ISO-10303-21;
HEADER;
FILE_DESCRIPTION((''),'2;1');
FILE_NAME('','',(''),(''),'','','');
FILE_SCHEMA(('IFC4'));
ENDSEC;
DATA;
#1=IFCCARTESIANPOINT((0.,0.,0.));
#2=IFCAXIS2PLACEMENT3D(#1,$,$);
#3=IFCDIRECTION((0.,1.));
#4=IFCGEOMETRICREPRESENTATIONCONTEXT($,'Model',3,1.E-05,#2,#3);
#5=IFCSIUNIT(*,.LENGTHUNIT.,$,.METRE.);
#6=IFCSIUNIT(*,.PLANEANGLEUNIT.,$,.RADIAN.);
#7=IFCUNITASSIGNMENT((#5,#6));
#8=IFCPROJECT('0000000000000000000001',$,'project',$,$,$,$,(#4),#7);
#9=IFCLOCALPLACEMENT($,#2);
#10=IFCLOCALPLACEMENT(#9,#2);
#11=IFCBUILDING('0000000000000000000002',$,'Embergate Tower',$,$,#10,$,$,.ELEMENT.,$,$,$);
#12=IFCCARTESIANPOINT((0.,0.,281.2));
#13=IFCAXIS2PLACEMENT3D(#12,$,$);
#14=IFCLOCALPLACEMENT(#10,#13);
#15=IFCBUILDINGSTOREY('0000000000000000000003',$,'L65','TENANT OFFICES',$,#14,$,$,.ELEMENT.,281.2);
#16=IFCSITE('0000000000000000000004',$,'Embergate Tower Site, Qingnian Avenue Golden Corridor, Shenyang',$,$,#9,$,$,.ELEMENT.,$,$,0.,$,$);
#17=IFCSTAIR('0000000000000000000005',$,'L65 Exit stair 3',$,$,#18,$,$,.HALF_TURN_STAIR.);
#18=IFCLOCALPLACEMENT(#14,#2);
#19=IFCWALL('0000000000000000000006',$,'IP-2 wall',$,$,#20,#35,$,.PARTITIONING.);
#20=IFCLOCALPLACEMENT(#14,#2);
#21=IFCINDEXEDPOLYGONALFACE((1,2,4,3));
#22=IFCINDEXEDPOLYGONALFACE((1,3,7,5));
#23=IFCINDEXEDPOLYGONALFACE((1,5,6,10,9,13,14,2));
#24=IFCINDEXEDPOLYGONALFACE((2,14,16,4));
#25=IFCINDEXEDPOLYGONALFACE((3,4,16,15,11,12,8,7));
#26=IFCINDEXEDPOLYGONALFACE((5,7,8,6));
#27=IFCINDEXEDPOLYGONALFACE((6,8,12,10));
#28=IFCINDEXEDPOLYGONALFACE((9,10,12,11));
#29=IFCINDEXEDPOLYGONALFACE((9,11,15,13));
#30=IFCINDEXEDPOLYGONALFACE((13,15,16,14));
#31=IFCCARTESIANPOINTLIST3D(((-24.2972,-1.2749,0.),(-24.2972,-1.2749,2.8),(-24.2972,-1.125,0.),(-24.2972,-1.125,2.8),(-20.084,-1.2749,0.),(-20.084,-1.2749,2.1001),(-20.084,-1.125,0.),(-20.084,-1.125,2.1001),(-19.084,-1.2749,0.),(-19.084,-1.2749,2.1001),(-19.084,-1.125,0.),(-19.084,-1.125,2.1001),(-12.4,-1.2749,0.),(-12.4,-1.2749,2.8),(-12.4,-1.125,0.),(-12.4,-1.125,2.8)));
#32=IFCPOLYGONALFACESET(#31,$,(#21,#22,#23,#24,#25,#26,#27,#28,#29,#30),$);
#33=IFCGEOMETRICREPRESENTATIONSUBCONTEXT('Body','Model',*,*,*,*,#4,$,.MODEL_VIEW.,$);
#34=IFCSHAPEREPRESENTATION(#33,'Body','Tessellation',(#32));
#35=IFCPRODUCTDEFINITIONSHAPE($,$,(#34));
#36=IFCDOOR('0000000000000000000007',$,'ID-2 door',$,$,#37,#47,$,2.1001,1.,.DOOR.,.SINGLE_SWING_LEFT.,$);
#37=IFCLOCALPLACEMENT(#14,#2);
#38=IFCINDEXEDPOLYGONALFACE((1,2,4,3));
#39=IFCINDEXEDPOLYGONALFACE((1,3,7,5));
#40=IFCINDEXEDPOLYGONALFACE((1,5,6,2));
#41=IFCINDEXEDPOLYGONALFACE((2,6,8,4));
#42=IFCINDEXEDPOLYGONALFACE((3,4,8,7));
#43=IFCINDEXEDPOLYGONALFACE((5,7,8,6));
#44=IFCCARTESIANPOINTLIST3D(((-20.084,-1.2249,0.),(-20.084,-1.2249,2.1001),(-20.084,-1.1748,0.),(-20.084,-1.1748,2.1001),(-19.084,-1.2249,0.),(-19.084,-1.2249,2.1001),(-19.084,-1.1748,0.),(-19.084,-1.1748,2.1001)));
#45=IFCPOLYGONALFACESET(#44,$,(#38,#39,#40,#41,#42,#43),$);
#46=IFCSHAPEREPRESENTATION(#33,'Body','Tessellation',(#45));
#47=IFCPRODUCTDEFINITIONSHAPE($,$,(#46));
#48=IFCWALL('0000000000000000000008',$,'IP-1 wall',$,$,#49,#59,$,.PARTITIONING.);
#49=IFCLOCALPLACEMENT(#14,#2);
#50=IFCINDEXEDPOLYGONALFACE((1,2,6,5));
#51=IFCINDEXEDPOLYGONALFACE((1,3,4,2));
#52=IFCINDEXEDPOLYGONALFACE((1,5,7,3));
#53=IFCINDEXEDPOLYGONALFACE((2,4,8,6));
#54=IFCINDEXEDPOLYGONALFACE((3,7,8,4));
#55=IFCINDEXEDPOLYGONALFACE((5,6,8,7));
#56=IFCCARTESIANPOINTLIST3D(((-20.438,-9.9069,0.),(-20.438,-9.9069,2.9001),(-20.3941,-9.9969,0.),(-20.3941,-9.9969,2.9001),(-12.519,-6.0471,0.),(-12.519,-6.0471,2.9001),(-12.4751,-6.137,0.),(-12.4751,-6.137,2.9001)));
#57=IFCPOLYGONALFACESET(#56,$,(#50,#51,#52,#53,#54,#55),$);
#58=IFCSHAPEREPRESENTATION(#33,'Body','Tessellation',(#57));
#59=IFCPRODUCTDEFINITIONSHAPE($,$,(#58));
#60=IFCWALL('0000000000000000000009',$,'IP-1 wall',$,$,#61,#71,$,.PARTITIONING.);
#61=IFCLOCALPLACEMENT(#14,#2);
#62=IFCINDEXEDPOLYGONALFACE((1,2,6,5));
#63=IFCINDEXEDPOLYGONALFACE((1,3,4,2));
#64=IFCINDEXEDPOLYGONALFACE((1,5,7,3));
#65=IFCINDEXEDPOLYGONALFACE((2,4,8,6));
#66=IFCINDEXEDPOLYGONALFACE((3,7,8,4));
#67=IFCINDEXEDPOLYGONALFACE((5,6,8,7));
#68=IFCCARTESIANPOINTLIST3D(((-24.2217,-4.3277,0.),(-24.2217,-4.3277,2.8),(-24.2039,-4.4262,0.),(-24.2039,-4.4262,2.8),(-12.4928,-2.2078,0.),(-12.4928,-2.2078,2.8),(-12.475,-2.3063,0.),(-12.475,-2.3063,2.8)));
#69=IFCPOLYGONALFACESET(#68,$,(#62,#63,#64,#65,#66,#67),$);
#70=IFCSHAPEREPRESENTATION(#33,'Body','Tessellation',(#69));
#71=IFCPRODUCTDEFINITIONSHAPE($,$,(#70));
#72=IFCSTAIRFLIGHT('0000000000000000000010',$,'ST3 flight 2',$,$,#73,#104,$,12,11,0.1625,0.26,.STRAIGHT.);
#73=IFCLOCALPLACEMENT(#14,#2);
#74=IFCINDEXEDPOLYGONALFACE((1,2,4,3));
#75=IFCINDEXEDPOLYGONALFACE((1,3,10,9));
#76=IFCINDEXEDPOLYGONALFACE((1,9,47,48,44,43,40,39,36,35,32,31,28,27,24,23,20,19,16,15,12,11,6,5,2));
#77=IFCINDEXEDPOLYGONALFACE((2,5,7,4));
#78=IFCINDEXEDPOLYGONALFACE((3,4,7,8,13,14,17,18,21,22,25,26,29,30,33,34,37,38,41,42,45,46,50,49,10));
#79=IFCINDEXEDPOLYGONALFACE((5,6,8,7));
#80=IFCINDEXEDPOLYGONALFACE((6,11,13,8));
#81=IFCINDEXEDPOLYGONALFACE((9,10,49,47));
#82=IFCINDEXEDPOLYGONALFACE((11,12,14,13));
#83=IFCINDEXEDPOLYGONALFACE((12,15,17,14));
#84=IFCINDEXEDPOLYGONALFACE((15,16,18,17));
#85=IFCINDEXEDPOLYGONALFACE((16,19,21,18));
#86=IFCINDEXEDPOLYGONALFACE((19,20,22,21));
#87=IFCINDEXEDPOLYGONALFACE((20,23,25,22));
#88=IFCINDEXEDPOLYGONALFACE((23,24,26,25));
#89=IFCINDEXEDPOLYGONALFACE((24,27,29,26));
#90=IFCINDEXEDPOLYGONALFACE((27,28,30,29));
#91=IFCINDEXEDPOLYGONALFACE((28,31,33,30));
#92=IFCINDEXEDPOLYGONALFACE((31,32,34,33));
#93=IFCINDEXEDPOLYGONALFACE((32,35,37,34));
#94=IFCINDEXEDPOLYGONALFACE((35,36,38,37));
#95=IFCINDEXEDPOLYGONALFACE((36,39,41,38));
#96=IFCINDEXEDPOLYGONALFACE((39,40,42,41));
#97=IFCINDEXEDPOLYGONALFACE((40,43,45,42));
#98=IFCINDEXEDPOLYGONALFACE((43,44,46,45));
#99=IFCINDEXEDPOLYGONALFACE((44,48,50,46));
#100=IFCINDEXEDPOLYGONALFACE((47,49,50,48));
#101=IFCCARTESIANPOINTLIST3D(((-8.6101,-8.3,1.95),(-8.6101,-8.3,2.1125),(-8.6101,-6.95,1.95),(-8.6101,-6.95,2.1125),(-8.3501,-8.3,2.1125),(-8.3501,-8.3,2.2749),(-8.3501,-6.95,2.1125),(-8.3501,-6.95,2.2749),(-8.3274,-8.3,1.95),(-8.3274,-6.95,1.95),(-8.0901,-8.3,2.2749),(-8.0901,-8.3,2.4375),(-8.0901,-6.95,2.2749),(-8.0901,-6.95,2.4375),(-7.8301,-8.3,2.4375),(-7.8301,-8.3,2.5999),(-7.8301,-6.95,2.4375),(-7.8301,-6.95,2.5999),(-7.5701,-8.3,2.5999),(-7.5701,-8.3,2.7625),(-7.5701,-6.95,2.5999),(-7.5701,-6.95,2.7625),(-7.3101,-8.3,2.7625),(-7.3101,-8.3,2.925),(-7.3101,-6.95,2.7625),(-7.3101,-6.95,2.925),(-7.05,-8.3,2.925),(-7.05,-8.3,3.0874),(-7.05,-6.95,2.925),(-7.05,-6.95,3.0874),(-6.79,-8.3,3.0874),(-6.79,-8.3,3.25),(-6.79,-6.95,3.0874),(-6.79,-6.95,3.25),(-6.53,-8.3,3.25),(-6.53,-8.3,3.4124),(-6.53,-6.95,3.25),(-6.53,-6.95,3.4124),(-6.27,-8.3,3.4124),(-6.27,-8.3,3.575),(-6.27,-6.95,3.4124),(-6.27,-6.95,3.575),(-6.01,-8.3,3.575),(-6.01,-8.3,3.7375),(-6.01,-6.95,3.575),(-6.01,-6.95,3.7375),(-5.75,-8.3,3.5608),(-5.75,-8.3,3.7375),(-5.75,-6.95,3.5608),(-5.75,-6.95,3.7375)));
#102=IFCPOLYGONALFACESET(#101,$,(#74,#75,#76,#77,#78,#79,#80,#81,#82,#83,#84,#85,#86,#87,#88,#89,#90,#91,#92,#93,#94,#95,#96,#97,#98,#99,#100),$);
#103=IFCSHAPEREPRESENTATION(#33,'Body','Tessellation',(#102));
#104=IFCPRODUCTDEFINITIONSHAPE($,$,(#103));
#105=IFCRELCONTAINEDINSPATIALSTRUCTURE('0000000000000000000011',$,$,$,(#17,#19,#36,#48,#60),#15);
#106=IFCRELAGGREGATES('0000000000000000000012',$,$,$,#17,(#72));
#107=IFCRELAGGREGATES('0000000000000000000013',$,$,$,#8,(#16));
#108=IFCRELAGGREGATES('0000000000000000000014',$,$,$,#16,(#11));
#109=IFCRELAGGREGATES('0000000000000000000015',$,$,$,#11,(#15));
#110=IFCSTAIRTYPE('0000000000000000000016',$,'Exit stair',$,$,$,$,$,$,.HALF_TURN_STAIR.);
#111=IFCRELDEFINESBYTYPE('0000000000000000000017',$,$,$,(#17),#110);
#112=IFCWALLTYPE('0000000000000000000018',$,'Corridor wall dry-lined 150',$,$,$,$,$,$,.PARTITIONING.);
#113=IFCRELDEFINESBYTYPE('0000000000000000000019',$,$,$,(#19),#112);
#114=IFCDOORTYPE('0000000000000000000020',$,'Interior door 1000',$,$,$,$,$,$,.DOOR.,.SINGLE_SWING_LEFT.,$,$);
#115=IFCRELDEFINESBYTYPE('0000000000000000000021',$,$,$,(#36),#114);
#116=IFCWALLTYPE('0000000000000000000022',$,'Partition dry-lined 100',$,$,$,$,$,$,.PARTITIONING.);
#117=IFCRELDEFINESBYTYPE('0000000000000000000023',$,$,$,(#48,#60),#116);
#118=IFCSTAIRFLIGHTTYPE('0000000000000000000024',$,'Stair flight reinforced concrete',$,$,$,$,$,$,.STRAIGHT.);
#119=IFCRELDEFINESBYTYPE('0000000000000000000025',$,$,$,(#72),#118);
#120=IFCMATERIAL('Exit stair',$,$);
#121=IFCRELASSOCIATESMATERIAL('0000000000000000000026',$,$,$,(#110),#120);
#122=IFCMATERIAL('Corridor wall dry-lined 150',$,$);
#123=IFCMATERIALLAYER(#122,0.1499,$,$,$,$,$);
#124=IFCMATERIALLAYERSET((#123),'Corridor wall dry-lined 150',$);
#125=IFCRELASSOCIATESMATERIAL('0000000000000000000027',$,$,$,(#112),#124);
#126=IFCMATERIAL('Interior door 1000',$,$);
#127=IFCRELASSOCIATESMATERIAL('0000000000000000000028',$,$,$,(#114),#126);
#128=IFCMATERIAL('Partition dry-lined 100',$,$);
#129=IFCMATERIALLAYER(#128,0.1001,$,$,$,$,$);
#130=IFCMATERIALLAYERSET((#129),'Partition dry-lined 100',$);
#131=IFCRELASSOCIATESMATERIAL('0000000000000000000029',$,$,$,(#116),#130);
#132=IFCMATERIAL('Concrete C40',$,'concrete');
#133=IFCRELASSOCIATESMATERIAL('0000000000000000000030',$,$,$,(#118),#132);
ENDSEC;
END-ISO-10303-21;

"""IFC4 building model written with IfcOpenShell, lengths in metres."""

from ifc_helpers import new_model, si_unit, direction, frame, frame_2d, origin, place, context, subcontext, project, spatial, polyline, rectangle, outline, extrude, source, transform, mapped, material, layer, layer_set, type_object, element, fill, aggregate, save


model = new_model("IFC4")

# Units and contexts
model_context = context("Model", 3, precision=1e-05, world=origin(), true_north=direction((0.0, 1.0)))
body_context = subcontext(model_context, "Body", "Model", "MODEL_VIEW")
ifc_project = project(units=[si_unit("LENGTHUNIT", "METRE"), si_unit("PLANEANGLEUNIT", "RADIAN")], contexts=[model_context])

# Site, building, storey
site_placement = place(None, origin())
site = spatial("IfcSite", under=ifc_project, at=site_placement, Name="Embergate Tower Site, Qingnian Avenue Golden Corridor, Shenyang", CompositionType="ELEMENT", RefElevation=0.0)
building_placement = place(site_placement, origin())
building = spatial("IfcBuilding", under=site, at=building_placement, Name="Embergate Tower", CompositionType="ELEMENT")
storey_placement = place(building_placement, frame((0.0, 0.0, 281.2)))
storey = spatial("IfcBuildingStorey", under=building, at=storey_placement, Name="L65", Description="TENANT OFFICES", CompositionType="ELEMENT", Elevation=281.2)

# Stair
ifc_material_1 = material(Name="Exit stair")
stair_type = type_object("IfcStairType", Name="Exit stair", PredefinedType="HALF_TURN_STAIR", material=ifc_material_1)
stair_placement = place(storey_placement, origin())
stair = element("IfcStair", 1, at=stair_placement, inside=storey, type_object=stair_type, Name="L65 Exit stair 3", PredefinedType="HALF_TURN_STAIR")
ifc_material_2 = material(Name="Concrete C40", Category="concrete")

# Shared definitions
ifc_material_3 = material(Name="Corridor wall dry-lined 150")
ifc_layer_1 = layer(ifc_material_3, 0.1499)
ifc_layer_set_1 = layer_set([ifc_layer_1], Name="Corridor wall dry-lined 150")
wall_type_1 = type_object("IfcWallType", Name="Corridor wall dry-lined 150", PredefinedType="PARTITIONING", material=ifc_layer_set_1)

# Wall, opening, door
shared_shape_1 = source(origin(), body_context, "Body", "SweptSolid", [
    extrude(rectangle(XDim=11.8972, YDim=0.1499, at=frame_2d((5.9487, 0.0))), origin(), (0.0, 0.0, 1.0), 2.8),
])
wall_1_placement = place(storey_placement, frame((-12.3999, -1.2, 0.0), z_axis=(0.0, 0.0, 1.0), x_axis=(-1.0, 0.0, 0.0)))
wall_1 = element("IfcWall", 2, at=wall_1_placement, inside=storey, type_object=wall_type_1, Name="IP-2 wall", PredefinedType="PARTITIONING", context=body_context, shape_type="MappedRepresentation", body=[
    mapped(shared_shape_1, transform((0.0, 0.0, 0.0))),
])
shared_shape_2 = source(origin(), body_context, "Body", "SweptSolid", [
    extrude(rectangle(XDim=1.0, YDim=2.1001, at=frame_2d((0.5, 1.05))), frame((0.0, 0.085, 0.0), z_axis=(0.0, -1.0, 0.0), x_axis=(1.0, 0.0, 0.0)), (0.0, 0.0, 1.0), 0.1699),
])
opening_1_placement = place(wall_1_placement, frame((6.6841, 0.0, 0.0)))
opening_1 = element("IfcOpeningElement", 3, at=opening_1_placement, cuts=wall_1, PredefinedType="OPENING", context=body_context, shape_type="MappedRepresentation", body=[
    mapped(shared_shape_2, transform((0.0, 0.0, 0.0))),
])
ifc_material_4 = material(Name="Interior door 1000")
door_type_1 = type_object("IfcDoorType", Name="Interior door 1000", OperationType="SINGLE_SWING_LEFT", PredefinedType="DOOR", material=ifc_material_4)
shared_shape_3 = source(origin(), body_context, "Body", "SweptSolid", [
    extrude(rectangle(XDim=1.0, YDim=2.1001, at=frame_2d((0.5, 1.05))), frame((0.0, 0.0249, 0.0), z_axis=(0.0, -1.0, 0.0), x_axis=(1.0, 0.0, 0.0)), (0.0, 0.0, 1.0), 0.05),
])
door_1_placement = place(opening_1_placement, origin())
door_1 = element("IfcDoor", 4, at=door_1_placement, inside=storey, type_object=door_type_1, Name="ID-2 door", OperationType="SINGLE_SWING_LEFT", OverallHeight=2.1001, OverallWidth=1.0, PredefinedType="DOOR", context=body_context, shape_type="MappedRepresentation", body=[
    mapped(shared_shape_3, transform((0.0, 0.0, 0.0))),
])
fill(opening_1, door_1)

# Walls
ifc_material_5 = material(Name="Partition dry-lined 100")
ifc_layer_2 = layer(ifc_material_5, 0.1001)
ifc_layer_set_2 = layer_set([ifc_layer_2], Name="Partition dry-lined 100")
wall_type_2 = type_object("IfcWallType", Name="Partition dry-lined 100", PredefinedType="PARTITIONING", material=ifc_layer_set_2)
shared_shape_4 = source(origin(), body_context, "Body", "SweptSolid", [
    extrude(rectangle(XDim=8.8096, YDim=0.1001, at=frame_2d((4.4048, 0.0))), origin(), (0.0, 0.0, 1.0), 2.9001),
])
wall_2_placement = place(storey_placement, frame((-12.4971, -6.092, 0.0), z_axis=(0.0, 0.0, 1.0), x_axis=(-0.898904, -0.438145, 0.0)))
element("IfcWall", 5, at=wall_2_placement, inside=storey, type_object=wall_type_2, Name="IP-1 wall", PredefinedType="PARTITIONING", context=body_context, shape_type="MappedRepresentation", body=[
    mapped(shared_shape_4, transform((0.0, 0.0, 0.0))),
])
shared_shape_5 = source(origin(), body_context, "Body", "SweptSolid", [
    extrude(rectangle(XDim=11.9189, YDim=0.1001, at=frame_2d((5.9595, 0.0))), origin(), (0.0, 0.0, 1.0), 2.8),
])
wall_3_placement = place(storey_placement, frame((-12.4839, -2.2571, 0.0), z_axis=(0.0, 0.0, 1.0), x_axis=(-0.984057, -0.177856, 0.0)))
element("IfcWall", 6, at=wall_3_placement, inside=storey, type_object=wall_type_2, Name="IP-1 wall", PredefinedType="PARTITIONING", context=body_context, shape_type="MappedRepresentation", body=[
    mapped(shared_shape_5, transform((0.0, 0.0, 0.0))),
])

# Stair flight
stair_flight_type = type_object("IfcStairFlightType", Name="Stair flight reinforced concrete", PredefinedType="STRAIGHT", material=ifc_material_2)
shared_shape_6 = source(origin(), body_context, "Body", "SweptSolid", [
    extrude(outline(polyline([(0.0, 0.0), (0.0, 0.1626), (0.26, 0.1626), (0.26, 0.325), (0.52, 0.325), (0.52, 0.4875), (0.78, 0.4875), (0.78, 0.6499), (1.04, 0.6499), (1.04, 0.8125), (1.3, 0.8125), (1.3, 0.9751), (1.5601, 0.9751), (1.5601, 1.1375), (1.8201, 1.1375), (1.8201, 1.3), (2.0801, 1.3), (2.0801, 1.4624), (2.3401, 1.4624), (2.3401, 1.625), (2.6001, 1.625), (2.6001, 1.7876), (2.8601, 1.7876), (2.8601, 1.95), (2.8601, 1.6108), (0.2827, 0.0), (0.0, 0.0)])), frame((0.0, 0.675, 0.0), z_axis=(0.0, -1.0, 0.0), x_axis=(1.0, 0.0, 0.0)), (0.0, 0.0, 1.0), 1.3501),
])
stair_flight_placement = place(storey_placement, frame((-8.6101, -7.625, 1.95), z_axis=(0.0, 0.0, 1.0), x_axis=(1.0, 0.0, 0.0)))
stair_flight = element("IfcStairFlight", 7, at=stair_flight_placement, type_object=stair_flight_type, Name="ST3 flight 2", NumberOfRisers=12, NumberOfTreads=11, PredefinedType="STRAIGHT", RiserHeight=0.1625, TreadLength=0.26, context=body_context, shape_type="MappedRepresentation", body=[
    mapped(shared_shape_6, transform((0.0, 0.0, 0.0))),
])
aggregate(stair, [stair_flight])

save(model, "model.ifc")
